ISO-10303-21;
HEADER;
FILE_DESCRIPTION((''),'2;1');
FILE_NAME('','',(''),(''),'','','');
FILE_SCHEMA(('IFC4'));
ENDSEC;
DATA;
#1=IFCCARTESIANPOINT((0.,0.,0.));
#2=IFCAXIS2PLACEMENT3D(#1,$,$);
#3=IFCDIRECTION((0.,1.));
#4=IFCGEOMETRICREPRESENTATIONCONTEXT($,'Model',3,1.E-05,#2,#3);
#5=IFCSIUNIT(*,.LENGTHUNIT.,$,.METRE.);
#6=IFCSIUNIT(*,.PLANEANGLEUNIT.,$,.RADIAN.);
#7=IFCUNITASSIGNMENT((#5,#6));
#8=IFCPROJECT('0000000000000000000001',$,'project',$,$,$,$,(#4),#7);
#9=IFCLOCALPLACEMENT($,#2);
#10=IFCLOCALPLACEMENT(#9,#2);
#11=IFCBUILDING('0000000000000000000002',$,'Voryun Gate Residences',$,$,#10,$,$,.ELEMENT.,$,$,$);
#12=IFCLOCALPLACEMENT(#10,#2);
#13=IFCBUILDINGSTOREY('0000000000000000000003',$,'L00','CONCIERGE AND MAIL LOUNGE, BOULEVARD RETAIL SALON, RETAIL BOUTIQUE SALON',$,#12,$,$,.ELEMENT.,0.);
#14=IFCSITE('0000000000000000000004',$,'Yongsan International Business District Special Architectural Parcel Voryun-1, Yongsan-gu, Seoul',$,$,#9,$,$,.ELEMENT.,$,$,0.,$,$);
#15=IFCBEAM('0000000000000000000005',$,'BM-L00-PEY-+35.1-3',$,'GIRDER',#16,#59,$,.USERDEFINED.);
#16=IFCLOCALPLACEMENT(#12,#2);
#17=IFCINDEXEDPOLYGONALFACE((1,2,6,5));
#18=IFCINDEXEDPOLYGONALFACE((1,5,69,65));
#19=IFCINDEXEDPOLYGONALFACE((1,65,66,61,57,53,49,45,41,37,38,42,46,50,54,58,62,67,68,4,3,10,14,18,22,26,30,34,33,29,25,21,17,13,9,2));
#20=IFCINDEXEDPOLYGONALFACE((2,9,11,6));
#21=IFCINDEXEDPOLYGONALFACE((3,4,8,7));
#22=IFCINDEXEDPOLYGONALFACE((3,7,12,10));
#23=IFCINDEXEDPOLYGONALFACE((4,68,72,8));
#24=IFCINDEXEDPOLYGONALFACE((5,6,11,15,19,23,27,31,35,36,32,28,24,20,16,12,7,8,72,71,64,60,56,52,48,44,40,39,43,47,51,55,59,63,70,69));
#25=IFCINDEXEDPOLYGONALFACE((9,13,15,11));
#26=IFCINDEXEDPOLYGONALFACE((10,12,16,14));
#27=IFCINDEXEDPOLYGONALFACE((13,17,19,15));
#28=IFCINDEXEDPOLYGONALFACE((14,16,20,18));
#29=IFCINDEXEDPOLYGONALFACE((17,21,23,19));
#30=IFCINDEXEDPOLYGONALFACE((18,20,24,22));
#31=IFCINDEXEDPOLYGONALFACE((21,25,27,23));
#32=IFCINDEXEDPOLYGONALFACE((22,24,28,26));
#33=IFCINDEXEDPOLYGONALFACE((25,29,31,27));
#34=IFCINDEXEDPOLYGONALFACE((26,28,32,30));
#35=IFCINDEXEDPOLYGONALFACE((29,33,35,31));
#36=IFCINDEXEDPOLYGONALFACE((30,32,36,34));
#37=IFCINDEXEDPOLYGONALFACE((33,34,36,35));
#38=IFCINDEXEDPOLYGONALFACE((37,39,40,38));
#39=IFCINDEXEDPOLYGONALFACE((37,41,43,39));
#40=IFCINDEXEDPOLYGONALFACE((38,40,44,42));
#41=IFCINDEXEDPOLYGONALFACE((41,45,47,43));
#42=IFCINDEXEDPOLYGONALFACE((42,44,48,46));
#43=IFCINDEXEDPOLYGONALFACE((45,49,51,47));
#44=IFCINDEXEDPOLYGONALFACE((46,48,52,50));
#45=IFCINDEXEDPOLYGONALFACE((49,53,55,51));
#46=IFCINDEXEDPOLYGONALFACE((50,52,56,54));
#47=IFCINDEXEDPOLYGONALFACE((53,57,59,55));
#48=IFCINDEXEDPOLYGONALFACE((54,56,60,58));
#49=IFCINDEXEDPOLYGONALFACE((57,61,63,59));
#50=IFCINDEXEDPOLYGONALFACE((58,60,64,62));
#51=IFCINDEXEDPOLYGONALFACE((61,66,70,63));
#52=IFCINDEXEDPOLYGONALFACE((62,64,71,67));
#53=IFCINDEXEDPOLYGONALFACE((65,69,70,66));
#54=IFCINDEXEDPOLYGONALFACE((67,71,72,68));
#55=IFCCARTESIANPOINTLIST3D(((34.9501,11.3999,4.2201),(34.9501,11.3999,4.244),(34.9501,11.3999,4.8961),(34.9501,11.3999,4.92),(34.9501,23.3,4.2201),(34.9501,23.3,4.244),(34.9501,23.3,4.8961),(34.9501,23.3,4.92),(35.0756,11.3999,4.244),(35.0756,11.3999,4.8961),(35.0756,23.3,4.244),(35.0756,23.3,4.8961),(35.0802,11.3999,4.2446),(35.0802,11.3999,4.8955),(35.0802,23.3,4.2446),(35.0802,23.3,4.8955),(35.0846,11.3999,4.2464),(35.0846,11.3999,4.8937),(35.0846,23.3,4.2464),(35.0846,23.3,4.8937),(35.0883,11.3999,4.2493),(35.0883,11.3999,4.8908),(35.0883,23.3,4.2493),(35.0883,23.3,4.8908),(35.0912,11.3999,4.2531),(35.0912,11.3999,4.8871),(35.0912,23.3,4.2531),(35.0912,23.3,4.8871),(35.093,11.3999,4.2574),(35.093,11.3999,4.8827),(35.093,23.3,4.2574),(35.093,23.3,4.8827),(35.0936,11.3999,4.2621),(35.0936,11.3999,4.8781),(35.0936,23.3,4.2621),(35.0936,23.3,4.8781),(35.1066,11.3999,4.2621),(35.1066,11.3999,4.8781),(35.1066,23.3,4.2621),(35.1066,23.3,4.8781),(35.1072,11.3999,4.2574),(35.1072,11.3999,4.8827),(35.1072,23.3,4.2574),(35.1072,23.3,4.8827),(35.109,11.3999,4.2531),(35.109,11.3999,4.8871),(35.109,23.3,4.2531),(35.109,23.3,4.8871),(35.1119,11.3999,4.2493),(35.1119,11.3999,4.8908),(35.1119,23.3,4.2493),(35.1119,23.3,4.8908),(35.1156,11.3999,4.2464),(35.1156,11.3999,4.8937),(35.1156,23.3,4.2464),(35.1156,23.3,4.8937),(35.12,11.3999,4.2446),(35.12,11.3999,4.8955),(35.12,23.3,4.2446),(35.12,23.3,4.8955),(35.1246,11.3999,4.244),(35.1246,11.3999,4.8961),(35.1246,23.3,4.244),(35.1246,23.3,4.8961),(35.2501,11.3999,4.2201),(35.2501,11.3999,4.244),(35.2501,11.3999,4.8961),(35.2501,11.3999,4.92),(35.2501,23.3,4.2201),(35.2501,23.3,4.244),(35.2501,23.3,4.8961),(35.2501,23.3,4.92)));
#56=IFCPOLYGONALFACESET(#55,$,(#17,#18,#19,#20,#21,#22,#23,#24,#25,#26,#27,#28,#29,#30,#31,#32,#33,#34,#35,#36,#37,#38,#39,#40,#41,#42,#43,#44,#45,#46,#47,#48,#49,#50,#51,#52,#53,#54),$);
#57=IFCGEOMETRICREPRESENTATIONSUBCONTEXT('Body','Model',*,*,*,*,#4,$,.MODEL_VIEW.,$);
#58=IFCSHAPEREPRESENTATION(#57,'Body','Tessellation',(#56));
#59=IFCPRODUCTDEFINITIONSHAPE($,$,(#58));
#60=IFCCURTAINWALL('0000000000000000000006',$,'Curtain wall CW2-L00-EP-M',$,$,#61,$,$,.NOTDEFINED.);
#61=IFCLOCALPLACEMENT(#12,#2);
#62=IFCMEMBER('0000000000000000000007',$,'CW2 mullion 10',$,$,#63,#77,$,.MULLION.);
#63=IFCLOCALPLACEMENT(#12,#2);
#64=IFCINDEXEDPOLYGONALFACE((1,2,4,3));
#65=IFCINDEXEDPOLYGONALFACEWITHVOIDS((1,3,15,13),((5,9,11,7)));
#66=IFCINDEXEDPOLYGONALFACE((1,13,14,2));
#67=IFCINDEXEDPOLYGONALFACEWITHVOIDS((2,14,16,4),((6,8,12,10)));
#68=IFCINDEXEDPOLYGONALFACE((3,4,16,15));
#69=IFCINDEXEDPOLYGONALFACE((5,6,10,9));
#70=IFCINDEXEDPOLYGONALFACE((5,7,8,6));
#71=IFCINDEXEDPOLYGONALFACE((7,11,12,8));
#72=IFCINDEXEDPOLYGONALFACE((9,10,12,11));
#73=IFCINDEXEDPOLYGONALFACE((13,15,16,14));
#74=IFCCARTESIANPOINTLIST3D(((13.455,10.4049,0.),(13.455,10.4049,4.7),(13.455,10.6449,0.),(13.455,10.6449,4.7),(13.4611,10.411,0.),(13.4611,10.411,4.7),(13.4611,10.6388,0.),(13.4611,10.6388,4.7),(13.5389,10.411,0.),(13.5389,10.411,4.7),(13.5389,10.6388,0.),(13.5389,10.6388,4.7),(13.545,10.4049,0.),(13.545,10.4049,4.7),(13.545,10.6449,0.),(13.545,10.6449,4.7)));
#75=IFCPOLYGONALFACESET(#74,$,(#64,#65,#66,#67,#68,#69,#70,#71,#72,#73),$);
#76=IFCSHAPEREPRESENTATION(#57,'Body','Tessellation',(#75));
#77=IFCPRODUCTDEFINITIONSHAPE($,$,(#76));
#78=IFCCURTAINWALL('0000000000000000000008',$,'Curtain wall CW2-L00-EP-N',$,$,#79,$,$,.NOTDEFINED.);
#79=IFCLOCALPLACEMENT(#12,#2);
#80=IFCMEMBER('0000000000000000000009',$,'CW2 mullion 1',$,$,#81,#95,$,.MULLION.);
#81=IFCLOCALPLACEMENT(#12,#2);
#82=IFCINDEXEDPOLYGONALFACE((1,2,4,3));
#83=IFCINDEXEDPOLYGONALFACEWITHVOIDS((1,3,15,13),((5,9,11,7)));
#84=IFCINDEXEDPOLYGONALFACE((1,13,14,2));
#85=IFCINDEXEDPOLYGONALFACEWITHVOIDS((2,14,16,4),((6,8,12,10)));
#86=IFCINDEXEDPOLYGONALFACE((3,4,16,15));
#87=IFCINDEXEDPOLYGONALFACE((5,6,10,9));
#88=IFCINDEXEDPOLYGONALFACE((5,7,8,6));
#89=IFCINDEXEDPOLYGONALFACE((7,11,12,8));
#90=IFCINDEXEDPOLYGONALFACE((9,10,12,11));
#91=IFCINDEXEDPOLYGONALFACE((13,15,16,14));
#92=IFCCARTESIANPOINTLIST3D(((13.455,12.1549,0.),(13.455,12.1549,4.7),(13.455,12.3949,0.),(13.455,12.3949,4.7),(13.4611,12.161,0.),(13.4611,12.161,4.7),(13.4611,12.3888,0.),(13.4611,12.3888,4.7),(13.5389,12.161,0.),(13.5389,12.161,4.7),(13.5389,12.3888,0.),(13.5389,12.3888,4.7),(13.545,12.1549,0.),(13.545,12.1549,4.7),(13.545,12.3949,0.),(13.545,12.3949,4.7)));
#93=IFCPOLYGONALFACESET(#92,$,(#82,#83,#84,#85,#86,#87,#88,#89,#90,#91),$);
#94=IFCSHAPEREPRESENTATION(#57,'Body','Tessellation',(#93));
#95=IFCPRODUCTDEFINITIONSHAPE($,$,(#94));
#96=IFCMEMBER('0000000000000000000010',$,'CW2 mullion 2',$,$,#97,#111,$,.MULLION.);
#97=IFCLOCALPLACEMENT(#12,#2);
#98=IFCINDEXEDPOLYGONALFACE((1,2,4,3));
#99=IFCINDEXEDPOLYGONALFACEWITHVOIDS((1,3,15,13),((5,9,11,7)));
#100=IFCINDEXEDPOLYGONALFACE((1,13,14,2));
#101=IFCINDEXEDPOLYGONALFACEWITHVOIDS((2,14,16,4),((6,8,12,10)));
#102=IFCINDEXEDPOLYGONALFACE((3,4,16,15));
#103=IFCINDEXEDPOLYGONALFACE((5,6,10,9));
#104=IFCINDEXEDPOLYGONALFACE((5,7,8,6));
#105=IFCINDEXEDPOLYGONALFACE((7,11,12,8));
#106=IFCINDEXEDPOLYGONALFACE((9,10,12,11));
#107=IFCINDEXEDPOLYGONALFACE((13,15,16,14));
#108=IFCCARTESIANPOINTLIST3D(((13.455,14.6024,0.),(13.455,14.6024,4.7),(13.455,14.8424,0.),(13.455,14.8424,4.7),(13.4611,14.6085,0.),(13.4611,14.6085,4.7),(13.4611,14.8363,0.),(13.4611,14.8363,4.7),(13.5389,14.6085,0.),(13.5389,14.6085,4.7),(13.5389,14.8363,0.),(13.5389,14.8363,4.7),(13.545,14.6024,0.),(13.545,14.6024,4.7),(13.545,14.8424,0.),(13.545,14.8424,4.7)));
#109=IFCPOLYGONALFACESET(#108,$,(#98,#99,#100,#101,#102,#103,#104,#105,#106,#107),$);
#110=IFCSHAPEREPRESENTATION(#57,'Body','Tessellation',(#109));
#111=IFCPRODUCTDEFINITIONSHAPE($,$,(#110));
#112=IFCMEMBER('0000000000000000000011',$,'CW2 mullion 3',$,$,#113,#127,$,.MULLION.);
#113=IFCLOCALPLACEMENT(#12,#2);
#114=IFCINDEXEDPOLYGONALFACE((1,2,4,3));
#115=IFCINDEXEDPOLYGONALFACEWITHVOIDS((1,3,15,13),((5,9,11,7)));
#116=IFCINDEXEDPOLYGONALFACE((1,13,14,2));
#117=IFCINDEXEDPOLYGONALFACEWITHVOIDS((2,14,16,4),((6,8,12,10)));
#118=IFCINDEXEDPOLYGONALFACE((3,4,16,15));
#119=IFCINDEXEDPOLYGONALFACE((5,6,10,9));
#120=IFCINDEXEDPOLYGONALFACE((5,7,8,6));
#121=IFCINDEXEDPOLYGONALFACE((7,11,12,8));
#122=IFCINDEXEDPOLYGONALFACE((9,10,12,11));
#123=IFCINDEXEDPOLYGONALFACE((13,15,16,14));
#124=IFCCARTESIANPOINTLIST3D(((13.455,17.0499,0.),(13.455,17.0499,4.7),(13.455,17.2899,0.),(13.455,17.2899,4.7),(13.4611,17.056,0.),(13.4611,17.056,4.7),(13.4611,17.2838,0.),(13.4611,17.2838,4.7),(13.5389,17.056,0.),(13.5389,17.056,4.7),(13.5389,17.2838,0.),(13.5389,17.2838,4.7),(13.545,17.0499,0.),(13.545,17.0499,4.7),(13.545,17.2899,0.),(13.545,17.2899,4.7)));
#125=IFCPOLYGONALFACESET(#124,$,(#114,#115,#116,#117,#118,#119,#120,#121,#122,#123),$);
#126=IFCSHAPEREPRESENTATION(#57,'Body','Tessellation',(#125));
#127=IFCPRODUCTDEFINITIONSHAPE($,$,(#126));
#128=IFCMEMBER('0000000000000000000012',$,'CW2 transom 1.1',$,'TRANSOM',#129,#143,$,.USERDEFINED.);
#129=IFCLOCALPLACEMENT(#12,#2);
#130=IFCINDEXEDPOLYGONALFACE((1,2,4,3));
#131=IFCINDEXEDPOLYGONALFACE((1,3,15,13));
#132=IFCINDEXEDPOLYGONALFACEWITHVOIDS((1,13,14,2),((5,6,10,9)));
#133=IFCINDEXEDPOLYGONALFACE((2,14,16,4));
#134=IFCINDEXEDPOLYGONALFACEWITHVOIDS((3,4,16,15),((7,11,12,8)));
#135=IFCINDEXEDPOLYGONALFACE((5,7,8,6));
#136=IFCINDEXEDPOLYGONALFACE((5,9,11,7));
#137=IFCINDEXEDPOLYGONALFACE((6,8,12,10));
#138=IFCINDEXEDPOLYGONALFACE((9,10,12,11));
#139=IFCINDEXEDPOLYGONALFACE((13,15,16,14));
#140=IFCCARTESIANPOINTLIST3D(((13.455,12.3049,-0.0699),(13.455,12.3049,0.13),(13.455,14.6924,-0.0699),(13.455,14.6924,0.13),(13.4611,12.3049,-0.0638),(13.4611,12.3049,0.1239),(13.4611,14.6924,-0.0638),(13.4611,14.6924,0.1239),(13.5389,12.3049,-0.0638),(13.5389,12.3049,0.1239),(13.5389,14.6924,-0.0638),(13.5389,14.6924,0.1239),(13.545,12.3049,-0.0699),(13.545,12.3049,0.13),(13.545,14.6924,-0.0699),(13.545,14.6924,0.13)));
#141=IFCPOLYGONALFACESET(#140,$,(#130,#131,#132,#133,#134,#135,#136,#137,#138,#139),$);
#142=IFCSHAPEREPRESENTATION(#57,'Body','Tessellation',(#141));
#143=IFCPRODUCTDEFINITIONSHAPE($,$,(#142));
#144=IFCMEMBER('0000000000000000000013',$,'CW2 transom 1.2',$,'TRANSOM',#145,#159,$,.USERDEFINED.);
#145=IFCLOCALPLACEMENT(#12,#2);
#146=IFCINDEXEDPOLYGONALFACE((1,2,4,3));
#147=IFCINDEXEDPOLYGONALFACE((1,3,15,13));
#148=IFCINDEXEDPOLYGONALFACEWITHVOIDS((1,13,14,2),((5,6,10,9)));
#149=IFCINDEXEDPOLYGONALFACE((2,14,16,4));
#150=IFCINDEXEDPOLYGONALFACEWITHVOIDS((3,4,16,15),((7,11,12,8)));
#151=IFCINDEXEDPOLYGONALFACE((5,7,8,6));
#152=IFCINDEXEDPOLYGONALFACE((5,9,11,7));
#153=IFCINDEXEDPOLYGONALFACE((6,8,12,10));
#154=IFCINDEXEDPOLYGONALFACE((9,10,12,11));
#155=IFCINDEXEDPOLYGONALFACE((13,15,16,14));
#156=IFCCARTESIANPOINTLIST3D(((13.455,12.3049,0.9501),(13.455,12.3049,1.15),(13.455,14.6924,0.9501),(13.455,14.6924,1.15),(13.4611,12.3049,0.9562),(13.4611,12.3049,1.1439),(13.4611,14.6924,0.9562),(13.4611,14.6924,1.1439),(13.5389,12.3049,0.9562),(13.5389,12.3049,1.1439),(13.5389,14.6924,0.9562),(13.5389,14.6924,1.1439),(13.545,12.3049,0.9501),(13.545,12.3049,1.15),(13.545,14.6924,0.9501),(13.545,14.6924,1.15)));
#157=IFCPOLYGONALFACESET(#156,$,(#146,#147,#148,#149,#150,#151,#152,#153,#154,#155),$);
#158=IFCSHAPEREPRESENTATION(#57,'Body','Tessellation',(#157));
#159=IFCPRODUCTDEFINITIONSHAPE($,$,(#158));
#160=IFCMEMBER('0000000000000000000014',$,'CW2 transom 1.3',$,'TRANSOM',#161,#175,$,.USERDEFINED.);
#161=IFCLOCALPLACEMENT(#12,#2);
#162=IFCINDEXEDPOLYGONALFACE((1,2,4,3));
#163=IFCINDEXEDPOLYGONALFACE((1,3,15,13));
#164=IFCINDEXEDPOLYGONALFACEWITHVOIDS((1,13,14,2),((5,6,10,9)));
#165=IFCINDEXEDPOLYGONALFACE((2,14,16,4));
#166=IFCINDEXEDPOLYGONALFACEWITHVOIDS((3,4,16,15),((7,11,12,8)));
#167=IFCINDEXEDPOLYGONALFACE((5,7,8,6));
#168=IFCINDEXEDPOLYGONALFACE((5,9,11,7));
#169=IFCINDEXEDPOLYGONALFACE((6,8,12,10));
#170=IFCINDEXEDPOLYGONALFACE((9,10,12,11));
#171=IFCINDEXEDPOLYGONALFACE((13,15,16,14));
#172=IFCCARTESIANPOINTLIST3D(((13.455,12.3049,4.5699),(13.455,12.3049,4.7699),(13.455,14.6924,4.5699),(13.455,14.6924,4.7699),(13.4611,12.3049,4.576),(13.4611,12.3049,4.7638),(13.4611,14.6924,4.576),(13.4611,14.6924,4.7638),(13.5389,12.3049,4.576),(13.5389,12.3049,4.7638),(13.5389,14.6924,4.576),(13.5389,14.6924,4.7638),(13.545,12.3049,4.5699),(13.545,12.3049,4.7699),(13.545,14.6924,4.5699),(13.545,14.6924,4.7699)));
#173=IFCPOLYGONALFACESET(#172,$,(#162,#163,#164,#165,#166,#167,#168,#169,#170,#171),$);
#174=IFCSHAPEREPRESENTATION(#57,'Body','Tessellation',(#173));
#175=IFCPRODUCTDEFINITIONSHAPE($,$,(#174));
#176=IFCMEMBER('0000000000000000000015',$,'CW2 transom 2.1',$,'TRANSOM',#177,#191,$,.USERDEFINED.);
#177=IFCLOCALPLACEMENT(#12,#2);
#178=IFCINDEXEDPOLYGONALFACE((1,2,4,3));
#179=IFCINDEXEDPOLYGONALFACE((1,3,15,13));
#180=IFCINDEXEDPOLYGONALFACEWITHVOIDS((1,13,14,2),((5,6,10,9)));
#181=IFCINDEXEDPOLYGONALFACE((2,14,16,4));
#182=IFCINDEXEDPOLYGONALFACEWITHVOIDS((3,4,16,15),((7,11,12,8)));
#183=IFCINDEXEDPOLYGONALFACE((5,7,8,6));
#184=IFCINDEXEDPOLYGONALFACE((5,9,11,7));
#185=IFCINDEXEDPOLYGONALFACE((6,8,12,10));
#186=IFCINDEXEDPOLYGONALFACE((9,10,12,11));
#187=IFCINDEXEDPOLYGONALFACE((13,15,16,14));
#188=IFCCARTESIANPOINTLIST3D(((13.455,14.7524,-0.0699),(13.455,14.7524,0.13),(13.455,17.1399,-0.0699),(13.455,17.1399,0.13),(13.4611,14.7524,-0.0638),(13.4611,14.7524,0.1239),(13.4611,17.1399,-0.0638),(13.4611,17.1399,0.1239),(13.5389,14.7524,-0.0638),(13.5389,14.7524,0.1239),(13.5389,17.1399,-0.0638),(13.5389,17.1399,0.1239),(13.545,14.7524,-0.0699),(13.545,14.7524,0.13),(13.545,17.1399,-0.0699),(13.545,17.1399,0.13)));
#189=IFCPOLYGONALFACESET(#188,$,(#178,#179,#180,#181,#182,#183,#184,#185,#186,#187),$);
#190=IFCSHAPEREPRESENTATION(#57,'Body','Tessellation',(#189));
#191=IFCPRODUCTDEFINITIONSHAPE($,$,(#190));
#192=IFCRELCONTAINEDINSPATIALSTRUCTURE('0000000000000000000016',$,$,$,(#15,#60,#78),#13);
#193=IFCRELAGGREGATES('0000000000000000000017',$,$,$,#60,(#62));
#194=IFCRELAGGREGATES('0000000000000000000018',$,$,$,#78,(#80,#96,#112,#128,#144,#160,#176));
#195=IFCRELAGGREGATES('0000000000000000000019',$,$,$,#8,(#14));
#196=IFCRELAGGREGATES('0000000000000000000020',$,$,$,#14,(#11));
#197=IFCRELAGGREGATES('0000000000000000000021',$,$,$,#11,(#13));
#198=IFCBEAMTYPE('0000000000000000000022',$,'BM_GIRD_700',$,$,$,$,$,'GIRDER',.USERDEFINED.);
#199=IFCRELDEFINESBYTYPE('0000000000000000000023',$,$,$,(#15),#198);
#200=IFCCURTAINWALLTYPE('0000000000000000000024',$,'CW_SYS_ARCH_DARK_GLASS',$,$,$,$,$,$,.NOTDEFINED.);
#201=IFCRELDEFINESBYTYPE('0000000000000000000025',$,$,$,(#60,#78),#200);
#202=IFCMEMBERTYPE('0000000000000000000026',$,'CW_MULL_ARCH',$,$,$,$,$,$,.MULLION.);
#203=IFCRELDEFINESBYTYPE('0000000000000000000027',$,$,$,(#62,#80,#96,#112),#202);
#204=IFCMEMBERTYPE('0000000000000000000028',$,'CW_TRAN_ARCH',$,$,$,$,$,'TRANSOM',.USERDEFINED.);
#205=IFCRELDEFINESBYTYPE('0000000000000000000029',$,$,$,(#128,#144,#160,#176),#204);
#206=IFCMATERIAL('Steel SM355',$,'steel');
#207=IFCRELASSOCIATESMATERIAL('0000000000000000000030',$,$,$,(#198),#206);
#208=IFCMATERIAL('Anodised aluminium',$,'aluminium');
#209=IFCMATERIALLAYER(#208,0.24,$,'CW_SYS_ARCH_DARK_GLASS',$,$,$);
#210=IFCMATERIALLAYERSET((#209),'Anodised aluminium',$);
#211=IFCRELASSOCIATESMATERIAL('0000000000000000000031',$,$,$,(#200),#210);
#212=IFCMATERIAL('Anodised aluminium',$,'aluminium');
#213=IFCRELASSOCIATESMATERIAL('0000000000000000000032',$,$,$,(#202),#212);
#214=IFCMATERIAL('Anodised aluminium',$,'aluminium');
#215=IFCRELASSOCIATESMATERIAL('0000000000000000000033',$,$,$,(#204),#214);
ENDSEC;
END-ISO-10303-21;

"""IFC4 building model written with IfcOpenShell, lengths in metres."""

from ifc_helpers import new_model, si_unit, direction, frame, origin, origin_2d, place, context, subcontext, project, spatial, hollow_rectangle, i_section, extrude, material, layer, layer_set, material_profile, profile_set, type_object, element, aggregate, save


model = new_model("IFC4")

# Units and contexts
model_context = context("Model", 3, precision=1e-05, world=origin(), true_north=direction((0.0, 1.0)))
body_context = subcontext(model_context, "Body", "Model", "MODEL_VIEW")
ifc_project = project(units=[si_unit("LENGTHUNIT", "METRE"), si_unit("PLANEANGLEUNIT", "RADIAN")], contexts=[model_context])

# Site, building, storey
site_placement = place(None, origin())
site = spatial("IfcSite", under=ifc_project, at=site_placement, Name="Yongsan International Business District Special Architectural Parcel Voryun-1, Yongsan-gu, Seoul", CompositionType="ELEMENT", RefElevation=0.0)
building_placement = place(site_placement, origin())
building = spatial("IfcBuilding", under=site, at=building_placement, Name="Voryun Gate Residences", CompositionType="ELEMENT")
storey_placement = place(building_placement, origin())
storey = spatial("IfcBuildingStorey", under=building, at=storey_placement, Name="L00", Description="CONCIERGE AND MAIL LOUNGE, BOULEVARD RETAIL SALON, RETAIL BOUTIQUE SALON", CompositionType="ELEMENT", Elevation=0.0)

# Beam
ifc_material_1 = material(Name="Steel SM355", Category="steel")
ifc_material_profile_1 = material_profile(ifc_material_1, i_section(OverallWidth=0.3, OverallDepth=0.7, WebThickness=0.0129, FlangeThickness=0.0239, FilletRadius=0.0181, at=origin_2d()), Name="H-700x300x13x24")
ifc_profile_set_1 = profile_set([ifc_material_profile_1], Name="Steel SM355")
beam_type = type_object("IfcBeamType", Name="BM_GIRD_700", ElementType="GIRDER", PredefinedType="USERDEFINED", material=ifc_profile_set_1)
for number, where, z_axis, x_axis, name in (
    (1, (35.1001, 11.3999, 4.5701), (0.0, 1.0, 0.0), (-1.0, 0.0, 0.0), "BM-L00-PEY-+35.1-3"),
):
    element("IfcBeam", number, at=place(storey_placement, frame(where, z_axis=z_axis, x_axis=x_axis)), inside=storey, type_object=beam_type, Name=name, ObjectType="GIRDER", PredefinedType="USERDEFINED", context=body_context, shape_type="SweptSolid", body=[
        extrude(i_section(OverallWidth=0.3, OverallDepth=0.7, WebThickness=0.0129, FlangeThickness=0.0239, FilletRadius=0.0181, at=origin_2d()), origin(), (0.0, 0.0, 1.0), 11.9001),
    ])

# Curtain wall, member
ifc_material_2 = material(Name="Anodised aluminium", Category="aluminium")
ifc_layer_1 = layer(ifc_material_2, 0.24, Name="CW_SYS_ARCH_DARK_GLASS")
ifc_layer_set_1 = layer_set([ifc_layer_1], Name="Anodised aluminium")
curtain_wall_type = type_object("IfcCurtainWallType", Name="CW_SYS_ARCH_DARK_GLASS", PredefinedType="NOTDEFINED", material=ifc_layer_set_1)
curtain_wall_1_placement = place(storey_placement, origin())
curtain_wall_1 = element("IfcCurtainWall", 2, at=curtain_wall_1_placement, inside=storey, type_object=curtain_wall_type, Name="Curtain wall CW2-L00-EP-M", PredefinedType="NOTDEFINED")
ifc_material_3 = material(Name="Anodised aluminium", Category="aluminium")
ifc_material_profile_2 = material_profile(ifc_material_3, hollow_rectangle(XDim=0.0901, YDim=0.24, WallThickness=0.0061, at=origin_2d()), Name="ALU-MULL-240x90x6")
ifc_profile_set_2 = profile_set([ifc_material_profile_2], Name="Anodised aluminium")
member_type_1 = type_object("IfcMemberType", Name="CW_MULL_ARCH", PredefinedType="MULLION", material=ifc_profile_set_2)
member_1_placement = place(storey_placement, frame((13.5, 10.5249, 0.0), z_axis=(0.0, 0.0, 1.0), x_axis=(-1.0, 0.0, 0.0)))
member_1 = element("IfcMember", 3, at=member_1_placement, type_object=member_type_1, Name="CW2 mullion 10", PredefinedType="MULLION", context=body_context, shape_type="SweptSolid", body=[
    extrude(hollow_rectangle(XDim=0.0901, YDim=0.24, WallThickness=0.0061, at=origin_2d()), origin(), (0.0, 0.0, 1.0), 4.7),
])

# Curtain wall, members
curtain_wall_2_placement = place(storey_placement, origin())
curtain_wall_2 = element("IfcCurtainWall", 4, at=curtain_wall_2_placement, inside=storey, type_object=curtain_wall_type, Name="Curtain wall CW2-L00-EP-N", PredefinedType="NOTDEFINED")
member_2_placement = place(storey_placement, frame((13.5, 12.2749, 0.0), z_axis=(0.0, 0.0, 1.0), x_axis=(-1.0, 0.0, 0.0)))
member_2 = element("IfcMember", 5, at=member_2_placement, type_object=member_type_1, Name="CW2 mullion 1", PredefinedType="MULLION", context=body_context, shape_type="SweptSolid", body=[
    extrude(hollow_rectangle(XDim=0.0901, YDim=0.24, WallThickness=0.0061, at=origin_2d()), origin(), (0.0, 0.0, 1.0), 4.7),
])
member_3_placement = place(storey_placement, frame((13.5, 14.7224, 0.0), z_axis=(0.0, 0.0, 1.0), x_axis=(-1.0, 0.0, 0.0)))
member_3 = element("IfcMember", 6, at=member_3_placement, type_object=member_type_1, Name="CW2 mullion 2", PredefinedType="MULLION", context=body_context, shape_type="SweptSolid", body=[
    extrude(hollow_rectangle(XDim=0.0901, YDim=0.24, WallThickness=0.0061, at=origin_2d()), origin(), (0.0, 0.0, 1.0), 4.7),
])
member_4_placement = place(storey_placement, frame((13.5, 17.1699, 0.0), z_axis=(0.0, 0.0, 1.0), x_axis=(-1.0, 0.0, 0.0)))
member_4 = element("IfcMember", 7, at=member_4_placement, type_object=member_type_1, Name="CW2 mullion 3", PredefinedType="MULLION", context=body_context, shape_type="SweptSolid", body=[
    extrude(hollow_rectangle(XDim=0.0901, YDim=0.24, WallThickness=0.0061, at=origin_2d()), origin(), (0.0, 0.0, 1.0), 4.7),
])
ifc_material_4 = material(Name="Anodised aluminium", Category="aluminium")
ifc_material_profile_3 = material_profile(ifc_material_4, hollow_rectangle(XDim=0.0901, YDim=0.2, WallThickness=0.0061, at=origin_2d()), Name="ALU-TRAN-200x90x6")
ifc_profile_set_3 = profile_set([ifc_material_profile_3], Name="Anodised aluminium")
member_type_2 = type_object("IfcMemberType", Name="CW_TRAN_ARCH", ElementType="TRANSOM", PredefinedType="USERDEFINED", material=ifc_profile_set_3)
member_5_placement = place(storey_placement, frame((13.5, 12.3049, 0.03), z_axis=(0.0, 1.0, 0.0), x_axis=(-1.0, 0.0, 0.0)))
member_5 = element("IfcMember", 8, at=member_5_placement, type_object=member_type_2, Name="CW2 transom 1.1", ObjectType="TRANSOM", PredefinedType="USERDEFINED", context=body_context, shape_type="SweptSolid", body=[
    extrude(hollow_rectangle(XDim=0.0901, YDim=0.2, WallThickness=0.0061, at=origin_2d()), origin(), (0.0, 0.0, 1.0), 2.3875),
])
member_6_placement = place(storey_placement, frame((13.5, 12.3049, 1.05), z_axis=(0.0, 1.0, 0.0), x_axis=(-1.0, 0.0, 0.0)))
member_6 = element("IfcMember", 9, at=member_6_placement, type_object=member_type_2, Name="CW2 transom 1.2", ObjectType="TRANSOM", PredefinedType="USERDEFINED", context=body_context, shape_type="SweptSolid", body=[
    extrude(hollow_rectangle(XDim=0.0901, YDim=0.2, WallThickness=0.0061, at=origin_2d()), origin(), (0.0, 0.0, 1.0), 2.3875),
])
member_7_placement = place(storey_placement, frame((13.5, 12.3049, 4.6699), z_axis=(0.0, 1.0, 0.0), x_axis=(-1.0, 0.0, 0.0)))
member_7 = element("IfcMember", 10, at=member_7_placement, type_object=member_type_2, Name="CW2 transom 1.3", ObjectType="TRANSOM", PredefinedType="USERDEFINED", context=body_context, shape_type="SweptSolid", body=[
    extrude(hollow_rectangle(XDim=0.0901, YDim=0.2, WallThickness=0.0061, at=origin_2d()), origin(), (0.0, 0.0, 1.0), 2.3875),
])
member_8_placement = place(storey_placement, frame((13.5, 14.7524, 0.03), z_axis=(0.0, 1.0, 0.0), x_axis=(-1.0, 0.0, 0.0)))
member_8 = element("IfcMember", 11, at=member_8_placement, type_object=member_type_2, Name="CW2 transom 2.1", ObjectType="TRANSOM", PredefinedType="USERDEFINED", context=body_context, shape_type="SweptSolid", body=[
    extrude(hollow_rectangle(XDim=0.0901, YDim=0.2, WallThickness=0.0061, at=origin_2d()), origin(), (0.0, 0.0, 1.0), 2.3875),
])

aggregate(curtain_wall_1, [member_1])
aggregate(curtain_wall_2, [member_2, member_3, member_4, member_5, member_6, member_7, member_8])

save(model, "model.ifc")
